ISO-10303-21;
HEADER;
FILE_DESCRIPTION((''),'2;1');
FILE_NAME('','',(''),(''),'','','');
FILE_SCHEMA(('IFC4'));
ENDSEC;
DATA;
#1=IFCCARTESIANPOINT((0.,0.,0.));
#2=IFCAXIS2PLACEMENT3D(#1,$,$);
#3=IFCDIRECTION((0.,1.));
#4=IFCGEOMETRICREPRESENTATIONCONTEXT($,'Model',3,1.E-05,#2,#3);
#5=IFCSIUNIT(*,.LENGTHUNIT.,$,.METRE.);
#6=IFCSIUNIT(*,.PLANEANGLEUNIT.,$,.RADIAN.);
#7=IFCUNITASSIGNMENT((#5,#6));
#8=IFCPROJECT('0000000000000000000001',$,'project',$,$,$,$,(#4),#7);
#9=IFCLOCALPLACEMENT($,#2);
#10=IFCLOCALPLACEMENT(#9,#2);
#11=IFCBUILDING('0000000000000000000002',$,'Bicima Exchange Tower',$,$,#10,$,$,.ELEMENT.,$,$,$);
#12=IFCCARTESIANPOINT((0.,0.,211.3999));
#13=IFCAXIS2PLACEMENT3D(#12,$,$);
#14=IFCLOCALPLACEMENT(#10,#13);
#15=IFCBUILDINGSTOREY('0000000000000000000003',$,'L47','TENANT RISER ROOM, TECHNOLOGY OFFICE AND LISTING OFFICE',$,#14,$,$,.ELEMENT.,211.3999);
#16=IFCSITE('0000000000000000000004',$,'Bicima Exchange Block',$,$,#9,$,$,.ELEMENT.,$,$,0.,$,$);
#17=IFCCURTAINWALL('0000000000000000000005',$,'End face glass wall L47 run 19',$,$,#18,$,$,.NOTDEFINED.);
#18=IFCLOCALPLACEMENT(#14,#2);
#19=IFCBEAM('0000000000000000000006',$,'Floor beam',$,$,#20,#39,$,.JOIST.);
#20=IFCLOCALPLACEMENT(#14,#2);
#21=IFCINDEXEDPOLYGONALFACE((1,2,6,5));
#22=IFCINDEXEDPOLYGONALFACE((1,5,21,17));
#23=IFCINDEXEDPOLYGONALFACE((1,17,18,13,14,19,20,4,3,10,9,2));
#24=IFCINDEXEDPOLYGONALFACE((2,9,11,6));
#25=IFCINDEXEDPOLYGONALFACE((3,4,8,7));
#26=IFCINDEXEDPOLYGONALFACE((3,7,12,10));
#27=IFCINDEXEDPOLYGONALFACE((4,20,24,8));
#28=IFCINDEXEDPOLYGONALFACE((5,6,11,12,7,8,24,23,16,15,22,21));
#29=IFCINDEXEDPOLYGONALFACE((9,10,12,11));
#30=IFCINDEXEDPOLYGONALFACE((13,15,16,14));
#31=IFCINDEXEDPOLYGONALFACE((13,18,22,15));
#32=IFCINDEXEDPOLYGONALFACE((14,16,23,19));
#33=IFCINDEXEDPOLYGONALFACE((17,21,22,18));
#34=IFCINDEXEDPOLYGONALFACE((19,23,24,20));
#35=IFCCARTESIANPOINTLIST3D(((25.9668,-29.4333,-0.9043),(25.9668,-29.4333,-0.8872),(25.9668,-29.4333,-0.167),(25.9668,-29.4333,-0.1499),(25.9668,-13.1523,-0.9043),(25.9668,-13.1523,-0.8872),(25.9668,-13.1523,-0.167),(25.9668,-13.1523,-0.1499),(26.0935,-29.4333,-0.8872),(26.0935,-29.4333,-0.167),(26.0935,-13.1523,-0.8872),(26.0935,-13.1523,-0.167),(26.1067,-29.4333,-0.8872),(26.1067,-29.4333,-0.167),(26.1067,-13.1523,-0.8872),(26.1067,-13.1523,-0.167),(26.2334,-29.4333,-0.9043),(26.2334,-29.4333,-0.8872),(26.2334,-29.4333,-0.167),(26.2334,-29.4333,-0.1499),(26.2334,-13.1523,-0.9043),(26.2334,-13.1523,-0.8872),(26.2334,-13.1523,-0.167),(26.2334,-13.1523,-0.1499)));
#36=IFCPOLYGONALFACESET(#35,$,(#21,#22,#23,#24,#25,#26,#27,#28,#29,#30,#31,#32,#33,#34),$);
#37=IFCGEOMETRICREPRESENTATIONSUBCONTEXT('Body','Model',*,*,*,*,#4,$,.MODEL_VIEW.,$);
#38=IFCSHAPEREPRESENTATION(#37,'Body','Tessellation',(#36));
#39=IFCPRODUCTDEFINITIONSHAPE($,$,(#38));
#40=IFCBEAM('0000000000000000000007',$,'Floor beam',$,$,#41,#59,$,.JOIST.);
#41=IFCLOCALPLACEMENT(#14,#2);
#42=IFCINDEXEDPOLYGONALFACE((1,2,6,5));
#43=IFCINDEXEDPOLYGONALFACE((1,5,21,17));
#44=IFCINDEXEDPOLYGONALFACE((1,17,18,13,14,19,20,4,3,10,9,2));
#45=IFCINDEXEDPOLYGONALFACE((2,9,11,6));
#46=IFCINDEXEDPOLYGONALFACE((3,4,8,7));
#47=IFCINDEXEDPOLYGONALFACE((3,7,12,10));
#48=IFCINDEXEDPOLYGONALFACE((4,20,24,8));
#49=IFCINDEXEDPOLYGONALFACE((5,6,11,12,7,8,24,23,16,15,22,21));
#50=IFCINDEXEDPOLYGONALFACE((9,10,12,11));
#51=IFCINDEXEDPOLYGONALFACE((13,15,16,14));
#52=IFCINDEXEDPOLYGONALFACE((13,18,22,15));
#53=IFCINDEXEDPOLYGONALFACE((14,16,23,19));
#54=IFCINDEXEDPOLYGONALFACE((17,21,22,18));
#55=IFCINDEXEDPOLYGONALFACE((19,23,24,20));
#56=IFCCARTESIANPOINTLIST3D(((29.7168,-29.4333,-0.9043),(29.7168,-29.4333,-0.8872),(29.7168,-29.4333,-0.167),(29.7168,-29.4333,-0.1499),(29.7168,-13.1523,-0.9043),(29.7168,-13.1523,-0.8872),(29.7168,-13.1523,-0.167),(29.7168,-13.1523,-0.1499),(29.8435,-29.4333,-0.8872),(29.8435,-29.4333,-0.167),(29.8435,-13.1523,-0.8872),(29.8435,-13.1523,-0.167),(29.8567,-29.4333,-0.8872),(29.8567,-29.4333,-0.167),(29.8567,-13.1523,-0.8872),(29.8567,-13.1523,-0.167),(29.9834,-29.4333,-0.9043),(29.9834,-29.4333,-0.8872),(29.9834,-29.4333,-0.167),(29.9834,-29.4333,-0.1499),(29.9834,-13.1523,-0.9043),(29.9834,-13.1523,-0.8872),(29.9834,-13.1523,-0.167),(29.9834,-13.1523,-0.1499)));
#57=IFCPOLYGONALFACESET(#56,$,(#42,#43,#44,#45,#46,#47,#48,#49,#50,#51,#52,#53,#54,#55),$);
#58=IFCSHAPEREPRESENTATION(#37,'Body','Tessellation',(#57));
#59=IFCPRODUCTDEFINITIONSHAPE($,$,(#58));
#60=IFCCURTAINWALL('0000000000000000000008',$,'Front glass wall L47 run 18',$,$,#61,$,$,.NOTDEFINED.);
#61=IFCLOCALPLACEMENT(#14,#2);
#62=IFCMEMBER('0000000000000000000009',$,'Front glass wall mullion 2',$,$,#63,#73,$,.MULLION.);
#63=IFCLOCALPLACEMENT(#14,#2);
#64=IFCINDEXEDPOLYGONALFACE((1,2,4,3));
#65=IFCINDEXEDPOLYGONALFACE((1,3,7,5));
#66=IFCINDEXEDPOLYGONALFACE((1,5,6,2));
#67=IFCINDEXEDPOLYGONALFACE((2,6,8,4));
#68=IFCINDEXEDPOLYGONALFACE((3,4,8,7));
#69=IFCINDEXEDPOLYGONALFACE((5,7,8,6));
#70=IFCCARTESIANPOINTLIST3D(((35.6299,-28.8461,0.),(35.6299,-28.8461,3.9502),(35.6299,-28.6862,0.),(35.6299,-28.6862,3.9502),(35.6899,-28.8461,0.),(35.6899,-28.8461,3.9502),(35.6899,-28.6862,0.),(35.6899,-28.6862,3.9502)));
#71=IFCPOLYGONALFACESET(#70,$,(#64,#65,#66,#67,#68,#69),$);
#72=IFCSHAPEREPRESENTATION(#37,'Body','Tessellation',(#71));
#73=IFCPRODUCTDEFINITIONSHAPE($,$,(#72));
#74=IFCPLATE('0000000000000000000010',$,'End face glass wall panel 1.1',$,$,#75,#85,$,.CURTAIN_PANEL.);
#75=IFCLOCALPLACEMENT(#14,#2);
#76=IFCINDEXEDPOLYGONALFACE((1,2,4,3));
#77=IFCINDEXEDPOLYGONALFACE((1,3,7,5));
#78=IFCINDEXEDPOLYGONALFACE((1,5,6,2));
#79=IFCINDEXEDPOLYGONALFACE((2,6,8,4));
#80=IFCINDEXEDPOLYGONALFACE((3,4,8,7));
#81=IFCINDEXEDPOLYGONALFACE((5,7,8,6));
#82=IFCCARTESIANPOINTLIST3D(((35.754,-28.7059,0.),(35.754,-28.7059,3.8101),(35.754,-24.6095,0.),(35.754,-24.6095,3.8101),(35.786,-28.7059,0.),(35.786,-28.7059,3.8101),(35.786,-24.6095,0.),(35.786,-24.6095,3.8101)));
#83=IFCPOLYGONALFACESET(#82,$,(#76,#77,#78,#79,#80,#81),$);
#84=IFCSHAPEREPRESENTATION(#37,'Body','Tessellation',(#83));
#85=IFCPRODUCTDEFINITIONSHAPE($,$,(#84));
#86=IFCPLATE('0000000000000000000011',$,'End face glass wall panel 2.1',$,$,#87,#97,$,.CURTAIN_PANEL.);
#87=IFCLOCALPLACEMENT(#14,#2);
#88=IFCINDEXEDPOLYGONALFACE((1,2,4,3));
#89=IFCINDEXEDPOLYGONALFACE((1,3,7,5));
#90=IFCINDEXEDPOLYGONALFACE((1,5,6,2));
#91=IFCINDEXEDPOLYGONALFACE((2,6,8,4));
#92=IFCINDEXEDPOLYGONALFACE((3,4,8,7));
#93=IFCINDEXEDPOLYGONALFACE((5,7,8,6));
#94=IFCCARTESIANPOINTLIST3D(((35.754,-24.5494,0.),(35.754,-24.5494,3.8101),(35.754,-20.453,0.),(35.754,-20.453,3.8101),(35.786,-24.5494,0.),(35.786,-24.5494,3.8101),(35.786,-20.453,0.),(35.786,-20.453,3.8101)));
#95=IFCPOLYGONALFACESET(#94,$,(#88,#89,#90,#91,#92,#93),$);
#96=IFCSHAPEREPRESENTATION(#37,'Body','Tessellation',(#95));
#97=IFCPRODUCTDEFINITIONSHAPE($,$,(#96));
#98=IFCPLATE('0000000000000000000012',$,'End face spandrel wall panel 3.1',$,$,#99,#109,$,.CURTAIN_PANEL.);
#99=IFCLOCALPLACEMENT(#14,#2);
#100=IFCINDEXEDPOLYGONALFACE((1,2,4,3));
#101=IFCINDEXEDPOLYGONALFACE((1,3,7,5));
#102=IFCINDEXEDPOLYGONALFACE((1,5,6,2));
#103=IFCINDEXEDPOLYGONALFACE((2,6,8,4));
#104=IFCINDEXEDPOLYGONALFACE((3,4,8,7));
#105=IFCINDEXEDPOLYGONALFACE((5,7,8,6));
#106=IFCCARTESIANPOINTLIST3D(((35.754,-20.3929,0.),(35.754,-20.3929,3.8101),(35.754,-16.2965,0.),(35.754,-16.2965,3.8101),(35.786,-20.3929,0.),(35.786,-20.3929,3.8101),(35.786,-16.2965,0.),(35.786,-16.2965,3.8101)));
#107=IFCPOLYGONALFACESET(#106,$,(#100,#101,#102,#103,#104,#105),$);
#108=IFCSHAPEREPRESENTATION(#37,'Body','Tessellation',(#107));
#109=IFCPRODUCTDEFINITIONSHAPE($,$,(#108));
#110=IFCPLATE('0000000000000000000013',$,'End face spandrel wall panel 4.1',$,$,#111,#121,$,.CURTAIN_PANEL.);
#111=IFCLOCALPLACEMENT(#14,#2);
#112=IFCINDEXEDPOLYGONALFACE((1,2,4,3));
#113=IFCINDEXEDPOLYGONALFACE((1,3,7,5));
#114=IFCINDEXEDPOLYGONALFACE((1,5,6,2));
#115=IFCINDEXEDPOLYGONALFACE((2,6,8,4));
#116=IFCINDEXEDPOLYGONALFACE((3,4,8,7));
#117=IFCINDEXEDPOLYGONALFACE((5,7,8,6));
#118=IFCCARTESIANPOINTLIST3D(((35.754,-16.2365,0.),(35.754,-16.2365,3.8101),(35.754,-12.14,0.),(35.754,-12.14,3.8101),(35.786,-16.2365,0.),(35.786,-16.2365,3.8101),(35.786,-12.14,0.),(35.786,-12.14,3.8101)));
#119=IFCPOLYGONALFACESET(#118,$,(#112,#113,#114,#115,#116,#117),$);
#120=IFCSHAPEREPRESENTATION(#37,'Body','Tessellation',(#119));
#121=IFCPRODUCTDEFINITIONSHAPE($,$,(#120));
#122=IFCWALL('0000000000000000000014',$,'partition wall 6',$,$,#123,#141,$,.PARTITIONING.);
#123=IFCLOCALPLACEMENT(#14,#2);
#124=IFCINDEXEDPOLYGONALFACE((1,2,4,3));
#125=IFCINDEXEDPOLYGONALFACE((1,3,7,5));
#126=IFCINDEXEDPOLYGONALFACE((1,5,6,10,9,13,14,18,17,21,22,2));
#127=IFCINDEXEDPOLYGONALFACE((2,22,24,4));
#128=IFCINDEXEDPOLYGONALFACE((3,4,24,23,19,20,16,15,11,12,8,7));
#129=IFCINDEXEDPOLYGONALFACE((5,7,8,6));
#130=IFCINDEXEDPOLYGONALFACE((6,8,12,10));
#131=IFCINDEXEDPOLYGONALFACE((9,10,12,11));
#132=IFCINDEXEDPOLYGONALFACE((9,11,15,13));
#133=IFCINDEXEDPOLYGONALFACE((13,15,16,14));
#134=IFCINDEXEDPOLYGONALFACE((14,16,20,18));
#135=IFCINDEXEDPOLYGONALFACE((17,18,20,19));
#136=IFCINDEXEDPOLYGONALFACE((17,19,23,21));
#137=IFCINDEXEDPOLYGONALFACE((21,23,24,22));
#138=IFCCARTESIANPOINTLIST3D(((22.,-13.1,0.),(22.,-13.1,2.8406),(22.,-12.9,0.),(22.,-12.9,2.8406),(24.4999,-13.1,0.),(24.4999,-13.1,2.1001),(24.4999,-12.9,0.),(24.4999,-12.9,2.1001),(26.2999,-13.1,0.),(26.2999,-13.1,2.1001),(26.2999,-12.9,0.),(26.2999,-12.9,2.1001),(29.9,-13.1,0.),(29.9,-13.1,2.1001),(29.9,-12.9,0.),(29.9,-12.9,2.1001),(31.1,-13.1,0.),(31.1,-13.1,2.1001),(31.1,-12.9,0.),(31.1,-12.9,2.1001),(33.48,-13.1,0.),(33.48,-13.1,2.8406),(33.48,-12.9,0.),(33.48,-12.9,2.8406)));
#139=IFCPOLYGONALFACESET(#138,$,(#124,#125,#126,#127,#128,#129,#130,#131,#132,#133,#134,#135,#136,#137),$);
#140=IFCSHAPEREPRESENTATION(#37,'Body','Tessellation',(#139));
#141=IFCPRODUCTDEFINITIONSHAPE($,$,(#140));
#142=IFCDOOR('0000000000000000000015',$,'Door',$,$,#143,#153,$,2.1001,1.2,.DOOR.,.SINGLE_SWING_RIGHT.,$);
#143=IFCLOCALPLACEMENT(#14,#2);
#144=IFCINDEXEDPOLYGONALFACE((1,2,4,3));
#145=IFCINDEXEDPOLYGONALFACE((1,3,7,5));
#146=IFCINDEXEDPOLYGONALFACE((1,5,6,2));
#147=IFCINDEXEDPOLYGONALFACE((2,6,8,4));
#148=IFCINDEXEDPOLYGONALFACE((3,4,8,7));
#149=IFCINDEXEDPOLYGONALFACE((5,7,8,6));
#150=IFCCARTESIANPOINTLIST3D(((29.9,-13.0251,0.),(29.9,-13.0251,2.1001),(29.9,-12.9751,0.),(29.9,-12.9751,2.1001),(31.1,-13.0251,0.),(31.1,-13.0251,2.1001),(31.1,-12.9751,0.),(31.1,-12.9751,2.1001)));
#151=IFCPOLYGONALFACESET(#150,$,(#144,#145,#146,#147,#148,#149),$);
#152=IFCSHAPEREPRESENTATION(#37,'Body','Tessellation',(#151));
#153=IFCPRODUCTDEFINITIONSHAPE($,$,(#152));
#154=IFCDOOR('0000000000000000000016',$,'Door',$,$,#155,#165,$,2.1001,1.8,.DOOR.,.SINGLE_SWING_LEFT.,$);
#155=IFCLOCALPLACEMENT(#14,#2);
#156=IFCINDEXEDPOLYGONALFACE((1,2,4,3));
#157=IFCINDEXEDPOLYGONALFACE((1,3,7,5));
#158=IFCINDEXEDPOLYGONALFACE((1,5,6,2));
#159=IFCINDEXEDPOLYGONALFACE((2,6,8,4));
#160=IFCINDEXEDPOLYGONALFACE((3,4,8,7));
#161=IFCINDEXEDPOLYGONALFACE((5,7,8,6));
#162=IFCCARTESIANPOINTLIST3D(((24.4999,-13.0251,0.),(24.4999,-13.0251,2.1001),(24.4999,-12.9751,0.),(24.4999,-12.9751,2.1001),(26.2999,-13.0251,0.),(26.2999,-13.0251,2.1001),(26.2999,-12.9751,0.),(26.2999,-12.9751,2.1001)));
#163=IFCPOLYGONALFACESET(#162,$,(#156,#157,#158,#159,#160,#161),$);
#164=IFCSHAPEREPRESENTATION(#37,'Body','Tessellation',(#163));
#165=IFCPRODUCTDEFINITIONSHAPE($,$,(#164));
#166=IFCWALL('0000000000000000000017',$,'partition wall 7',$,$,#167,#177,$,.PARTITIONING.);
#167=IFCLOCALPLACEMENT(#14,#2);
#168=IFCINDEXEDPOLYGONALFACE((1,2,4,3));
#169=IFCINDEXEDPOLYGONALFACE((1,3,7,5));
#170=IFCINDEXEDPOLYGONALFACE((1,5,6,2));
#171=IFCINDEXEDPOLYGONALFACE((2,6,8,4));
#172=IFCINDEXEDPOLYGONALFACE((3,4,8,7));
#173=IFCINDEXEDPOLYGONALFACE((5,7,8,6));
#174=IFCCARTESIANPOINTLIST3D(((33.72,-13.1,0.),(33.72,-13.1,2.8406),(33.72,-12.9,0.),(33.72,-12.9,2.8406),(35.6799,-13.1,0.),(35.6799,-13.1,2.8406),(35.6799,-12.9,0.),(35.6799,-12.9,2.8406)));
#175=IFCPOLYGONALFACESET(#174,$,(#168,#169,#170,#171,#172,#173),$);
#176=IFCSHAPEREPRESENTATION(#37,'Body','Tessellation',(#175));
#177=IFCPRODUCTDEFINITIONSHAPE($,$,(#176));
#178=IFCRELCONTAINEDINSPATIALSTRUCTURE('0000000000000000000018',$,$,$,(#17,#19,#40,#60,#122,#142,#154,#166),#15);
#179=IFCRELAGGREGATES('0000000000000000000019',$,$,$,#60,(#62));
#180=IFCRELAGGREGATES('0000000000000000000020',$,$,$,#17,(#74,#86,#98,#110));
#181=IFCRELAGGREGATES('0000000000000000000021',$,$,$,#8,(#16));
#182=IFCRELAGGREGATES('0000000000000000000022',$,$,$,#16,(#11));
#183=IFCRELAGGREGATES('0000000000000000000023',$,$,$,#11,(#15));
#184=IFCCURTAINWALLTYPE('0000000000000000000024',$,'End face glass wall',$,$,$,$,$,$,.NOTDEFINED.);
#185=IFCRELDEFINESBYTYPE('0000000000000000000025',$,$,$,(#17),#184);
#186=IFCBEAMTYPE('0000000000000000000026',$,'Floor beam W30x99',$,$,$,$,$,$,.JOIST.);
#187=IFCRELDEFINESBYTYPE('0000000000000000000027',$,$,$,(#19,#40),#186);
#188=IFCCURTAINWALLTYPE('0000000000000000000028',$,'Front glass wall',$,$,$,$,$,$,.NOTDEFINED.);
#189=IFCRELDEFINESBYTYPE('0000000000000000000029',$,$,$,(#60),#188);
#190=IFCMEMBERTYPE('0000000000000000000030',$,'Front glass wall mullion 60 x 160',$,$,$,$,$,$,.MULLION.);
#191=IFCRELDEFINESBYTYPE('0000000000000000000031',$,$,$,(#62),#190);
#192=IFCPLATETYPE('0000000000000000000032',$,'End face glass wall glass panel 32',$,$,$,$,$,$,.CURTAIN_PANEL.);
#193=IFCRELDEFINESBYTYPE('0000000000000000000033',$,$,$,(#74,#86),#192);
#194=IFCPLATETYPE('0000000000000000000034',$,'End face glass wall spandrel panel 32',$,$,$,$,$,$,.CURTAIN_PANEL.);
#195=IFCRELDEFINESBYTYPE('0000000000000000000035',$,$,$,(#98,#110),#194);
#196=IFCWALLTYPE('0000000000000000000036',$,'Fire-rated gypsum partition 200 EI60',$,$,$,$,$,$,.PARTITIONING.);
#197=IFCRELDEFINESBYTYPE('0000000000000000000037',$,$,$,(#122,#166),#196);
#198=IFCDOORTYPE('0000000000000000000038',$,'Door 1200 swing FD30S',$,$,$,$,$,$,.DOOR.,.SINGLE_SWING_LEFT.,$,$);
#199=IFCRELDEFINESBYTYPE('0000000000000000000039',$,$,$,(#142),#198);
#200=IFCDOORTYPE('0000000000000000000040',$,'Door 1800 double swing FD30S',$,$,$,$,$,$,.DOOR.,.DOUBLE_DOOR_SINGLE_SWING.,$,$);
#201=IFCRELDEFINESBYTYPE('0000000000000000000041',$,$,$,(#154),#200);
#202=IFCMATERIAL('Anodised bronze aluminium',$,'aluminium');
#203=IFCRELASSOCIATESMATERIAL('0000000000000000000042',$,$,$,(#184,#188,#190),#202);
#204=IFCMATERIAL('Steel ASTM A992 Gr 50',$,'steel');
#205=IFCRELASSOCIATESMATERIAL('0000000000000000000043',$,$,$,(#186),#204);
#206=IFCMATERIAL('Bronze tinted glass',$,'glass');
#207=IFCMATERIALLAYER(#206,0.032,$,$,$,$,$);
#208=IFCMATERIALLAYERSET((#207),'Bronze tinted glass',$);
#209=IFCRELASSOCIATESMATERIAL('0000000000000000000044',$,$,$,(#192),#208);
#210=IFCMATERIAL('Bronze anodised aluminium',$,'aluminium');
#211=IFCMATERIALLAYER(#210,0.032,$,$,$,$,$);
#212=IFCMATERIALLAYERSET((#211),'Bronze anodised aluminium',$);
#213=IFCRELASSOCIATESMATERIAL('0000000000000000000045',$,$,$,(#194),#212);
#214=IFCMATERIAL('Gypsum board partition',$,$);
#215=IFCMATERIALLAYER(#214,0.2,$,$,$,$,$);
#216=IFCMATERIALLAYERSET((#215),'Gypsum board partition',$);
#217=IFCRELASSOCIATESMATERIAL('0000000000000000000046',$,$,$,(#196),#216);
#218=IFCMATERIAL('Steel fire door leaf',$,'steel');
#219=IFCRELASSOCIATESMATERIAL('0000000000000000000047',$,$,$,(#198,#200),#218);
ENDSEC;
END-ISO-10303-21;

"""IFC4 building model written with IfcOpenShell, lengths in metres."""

from ifc_helpers import new_model, si_unit, direction, frame, frame_2d, origin, origin_2d, place, context, subcontext, project, spatial, rectangle, i_section, extrude, material, layer, layer_set, material_profile, profile_set, type_object, element, fill, aggregate, save


model = new_model("IFC4")

# Units and contexts
model_context = context("Model", 3, precision=1e-05, world=origin(), true_north=direction((0.0, 1.0)))
body_context = subcontext(model_context, "Body", "Model", "MODEL_VIEW")
ifc_project = project(units=[si_unit("LENGTHUNIT", "METRE"), si_unit("PLANEANGLEUNIT", "RADIAN")], contexts=[model_context])

# Site, building, storey
site_placement = place(None, origin())
site = spatial("IfcSite", under=ifc_project, at=site_placement, Name="Bicima Exchange Block", CompositionType="ELEMENT", RefElevation=0.0)
building_placement = place(site_placement, origin())
building = spatial("IfcBuilding", under=site, at=building_placement, Name="Bicima Exchange Tower", CompositionType="ELEMENT")
storey_placement = place(building_placement, frame((0.0, 0.0, 211.3999)))
storey = spatial("IfcBuildingStorey", under=building, at=storey_placement, Name="L47", Description="TENANT RISER ROOM, TECHNOLOGY OFFICE AND LISTING OFFICE", CompositionType="ELEMENT", Elevation=211.3999)

# Shared definitions
ifc_material_1 = material(Name="Steel ASTM A992 Gr 50", Category="steel")

# Curtain wall
ifc_material_2 = material(Name="Anodised bronze aluminium", Category="aluminium")
curtain_wall_type_1 = type_object("IfcCurtainWallType", Name="End face glass wall", PredefinedType="NOTDEFINED", material=ifc_material_2)
curtain_wall_1_placement = place(storey_placement, origin())
curtain_wall_1 = element("IfcCurtainWall", 1, at=curtain_wall_1_placement, inside=storey, type_object=curtain_wall_type_1, Name="End face glass wall L47 run 19", PredefinedType="NOTDEFINED")
ifc_material_profile_1 = material_profile(ifc_material_2, rectangle(XDim=0.1599, YDim=0.0601, at=origin_2d()))
ifc_profile_set_1 = profile_set([ifc_material_profile_1], Name="Anodised bronze aluminium")

# Beams
ifc_material_profile_2 = material_profile(ifc_material_1, i_section(OverallWidth=0.2666, OverallDepth=0.7544, WebThickness=0.0132, FlangeThickness=0.0171, at=origin_2d()))
ifc_profile_set_2 = profile_set([ifc_material_profile_2], Name="Steel ASTM A992 Gr 50")
beam_type_1 = type_object("IfcBeamType", Name="Floor beam W30x99", PredefinedType="JOIST", material=ifc_profile_set_2)
for number, where, z_axis, x_axis, name in (
    (2, (26.1001, -13.1523, -0.5271), (0.0, -1.0, 0.0), (1.0, 0.0, 0.0), "Floor beam"),
    (3, (29.8501, -13.1523, -0.5271), (0.0, -1.0, 0.0), (1.0, 0.0, 0.0), "Floor beam"),
):
    element("IfcBeam", number, at=place(storey_placement, frame(where, z_axis=z_axis, x_axis=x_axis)), inside=storey, type_object=beam_type_1, Name=name, PredefinedType="JOIST", context=body_context, shape_type="SweptSolid", body=[
        extrude(i_section(OverallWidth=0.2666, OverallDepth=0.7544, WebThickness=0.0132, FlangeThickness=0.0171, at=origin_2d()), origin(), (0.0, 0.0, 1.0), 16.281),
    ])

# Curtain wall, member
curtain_wall_type_2 = type_object("IfcCurtainWallType", Name="Front glass wall", PredefinedType="NOTDEFINED", material=ifc_material_2)
curtain_wall_2_placement = place(storey_placement, origin())
curtain_wall_2 = element("IfcCurtainWall", 4, at=curtain_wall_2_placement, inside=storey, type_object=curtain_wall_type_2, Name="Front glass wall L47 run 18", PredefinedType="NOTDEFINED")
member_type_1 = type_object("IfcMemberType", Name="Front glass wall mullion 60 x 160", PredefinedType="MULLION", material=ifc_profile_set_1)
member_1_placement = place(storey_placement, frame((35.6599, -28.7661, 0.0), z_axis=(0.0, 0.0, 1.0), x_axis=(0.0, 1.0, 0.0)))
member_1 = element("IfcMember", 5, at=member_1_placement, type_object=member_type_1, Name="Front glass wall mullion 2", PredefinedType="MULLION", context=body_context, shape_type="SweptSolid", body=[
    extrude(rectangle(XDim=0.1599, YDim=0.0601, at=origin_2d()), origin(), (0.0, 0.0, 1.0), 3.9502),
])
aggregate(curtain_wall_2, [member_1])

# Plates
ifc_material_3 = material(Name="Bronze tinted glass", Category="glass")
ifc_layer_1 = layer(ifc_material_3, 0.032)
ifc_layer_set_1 = layer_set([ifc_layer_1], Name="Bronze tinted glass")
plate_type_1 = type_object("IfcPlateType", Name="End face glass wall glass panel 32", PredefinedType="CURTAIN_PANEL", material=ifc_layer_set_1)
plate_1_placement = place(storey_placement, frame((35.77, -26.6577, 0.0), z_axis=(0.0, 0.0, 1.0), x_axis=(0.0, 1.0, 0.0)))
plate_1 = element("IfcPlate", 6, at=plate_1_placement, type_object=plate_type_1, Name="End face glass wall panel 1.1", PredefinedType="CURTAIN_PANEL", context=body_context, shape_type="SweptSolid", body=[
    extrude(rectangle(XDim=4.0964, YDim=0.032, at=origin_2d()), origin(), (0.0, 0.0, 1.0), 3.8101),
])
plate_2_placement = place(storey_placement, frame((35.77, -22.5012, 0.0), z_axis=(0.0, 0.0, 1.0), x_axis=(0.0, 1.0, 0.0)))
plate_2 = element("IfcPlate", 7, at=plate_2_placement, type_object=plate_type_1, Name="End face glass wall panel 2.1", PredefinedType="CURTAIN_PANEL", context=body_context, shape_type="SweptSolid", body=[
    extrude(rectangle(XDim=4.0964, YDim=0.032, at=origin_2d()), origin(), (0.0, 0.0, 1.0), 3.8101),
])
ifc_material_4 = material(Name="Bronze anodised aluminium", Category="aluminium")
ifc_layer_2 = layer(ifc_material_4, 0.032)
ifc_layer_set_2 = layer_set([ifc_layer_2], Name="Bronze anodised aluminium")
plate_type_2 = type_object("IfcPlateType", Name="End face glass wall spandrel panel 32", PredefinedType="CURTAIN_PANEL", material=ifc_layer_set_2)
plate_3_placement = place(storey_placement, frame((35.77, -18.3447, 0.0), z_axis=(0.0, 0.0, 1.0), x_axis=(0.0, 1.0, 0.0)))
plate_3 = element("IfcPlate", 8, at=plate_3_placement, type_object=plate_type_2, Name="End face spandrel wall panel 3.1", PredefinedType="CURTAIN_PANEL", context=body_context, shape_type="SweptSolid", body=[
    extrude(rectangle(XDim=4.0964, YDim=0.032, at=origin_2d()), origin(), (0.0, 0.0, 1.0), 3.8101),
])
plate_4_placement = place(storey_placement, frame((35.77, -14.1882, 0.0), z_axis=(0.0, 0.0, 1.0), x_axis=(0.0, 1.0, 0.0)))
plate_4 = element("IfcPlate", 9, at=plate_4_placement, type_object=plate_type_2, Name="End face spandrel wall panel 4.1", PredefinedType="CURTAIN_PANEL", context=body_context, shape_type="SweptSolid", body=[
    extrude(rectangle(XDim=4.0964, YDim=0.032, at=origin_2d()), origin(), (0.0, 0.0, 1.0), 3.8101),
])
aggregate(curtain_wall_1, [plate_1, plate_2, plate_3, plate_4])

# Wall, openings, doors
ifc_material_5 = material(Name="Gypsum board partition")
ifc_layer_3 = layer(ifc_material_5, 0.2)
ifc_layer_set_3 = layer_set([ifc_layer_3], Name="Gypsum board partition")
wall_type = type_object("IfcWallType", Name="Fire-rated gypsum partition 200 EI60", PredefinedType="PARTITIONING", material=ifc_layer_set_3)
wall_1_placement = place(storey_placement, frame((22.0, -13.0, 0.0), z_axis=(0.0, 0.0, 1.0), x_axis=(1.0, 0.0, 0.0)))
wall_1 = element("IfcWall", 10, at=wall_1_placement, inside=storey, type_object=wall_type, Name="partition wall 6", PredefinedType="PARTITIONING", context=body_context, shape_type="SweptSolid", body=[
    extrude(rectangle(XDim=11.48, YDim=0.2, at=frame_2d((5.74, 0.0))), origin(), (0.0, 0.0, 1.0), 2.8406),
])
opening_1_placement = place(wall_1_placement, frame((7.8999, 0.0, 0.0)))
opening_1 = element("IfcOpeningElement", 11, at=opening_1_placement, cuts=wall_1, PredefinedType="OPENING", context=body_context, shape_type="SweptSolid", body=[
    extrude(rectangle(XDim=1.2, YDim=2.1001, at=frame_2d((0.6001, 1.05))), frame((0.0, 0.1118, 0.0), z_axis=(0.0, -1.0, 0.0), x_axis=(1.0, 0.0, 0.0)), (0.0, 0.0, 1.0), 0.2239),
])
opening_2_placement = place(wall_1_placement, frame((2.5, 0.0, 0.0)))
opening_2 = element("IfcOpeningElement", 12, at=opening_2_placement, cuts=wall_1, PredefinedType="OPENING", context=body_context, shape_type="SweptSolid", body=[
    extrude(rectangle(XDim=1.8, YDim=2.1001, at=frame_2d((0.8999, 1.05))), frame((0.0, 0.1118, 0.0), z_axis=(0.0, -1.0, 0.0), x_axis=(1.0, 0.0, 0.0)), (0.0, 0.0, 1.0), 0.2239),
])
ifc_material_6 = material(Name="Steel fire door leaf", Category="steel")
door_type_1 = type_object("IfcDoorType", Name="Door 1200 swing FD30S", OperationType="SINGLE_SWING_LEFT", PredefinedType="DOOR", material=ifc_material_6)
door_1_placement = place(opening_1_placement, origin())
door_1 = element("IfcDoor", 13, at=door_1_placement, inside=storey, type_object=door_type_1, Name="Door", OperationType="SINGLE_SWING_RIGHT", OverallHeight=2.1001, OverallWidth=1.2, PredefinedType="DOOR", context=body_context, shape_type="SweptSolid", body=[
    extrude(rectangle(XDim=1.2, YDim=2.1001, at=frame_2d((0.6001, 1.05))), frame((0.0, 0.0249, 0.0), z_axis=(0.0, -1.0, 0.0), x_axis=(1.0, 0.0, 0.0)), (0.0, 0.0, 1.0), 0.05),
])
fill(opening_1, door_1)
door_type_2 = type_object("IfcDoorType", Name="Door 1800 double swing FD30S", OperationType="DOUBLE_DOOR_SINGLE_SWING", PredefinedType="DOOR", material=ifc_material_6)
door_2_placement = place(opening_2_placement, origin())
door_2 = element("IfcDoor", 14, at=door_2_placement, inside=storey, type_object=door_type_2, Name="Door", OperationType="SINGLE_SWING_LEFT", OverallHeight=2.1001, OverallWidth=1.8, PredefinedType="DOOR", context=body_context, shape_type="SweptSolid", body=[
    extrude(rectangle(XDim=1.8, YDim=2.1001, at=frame_2d((0.8999, 1.05))), frame((0.0, 0.0249, 0.0), z_axis=(0.0, -1.0, 0.0), x_axis=(1.0, 0.0, 0.0)), (0.0, 0.0, 1.0), 0.05),
])
fill(opening_2, door_2)

# Wall
wall_2_placement = place(storey_placement, frame((33.72, -13.0, 0.0), z_axis=(0.0, 0.0, 1.0), x_axis=(1.0, 0.0, 0.0)))
element("IfcWall", 15, at=wall_2_placement, inside=storey, type_object=wall_type, Name="partition wall 7", PredefinedType="PARTITIONING", context=body_context, shape_type="SweptSolid", body=[
    extrude(rectangle(XDim=1.96, YDim=0.2, at=frame_2d((0.98, 0.0))), origin(), (0.0, 0.0, 1.0), 2.8406),
])

save(model, "model.ifc")
